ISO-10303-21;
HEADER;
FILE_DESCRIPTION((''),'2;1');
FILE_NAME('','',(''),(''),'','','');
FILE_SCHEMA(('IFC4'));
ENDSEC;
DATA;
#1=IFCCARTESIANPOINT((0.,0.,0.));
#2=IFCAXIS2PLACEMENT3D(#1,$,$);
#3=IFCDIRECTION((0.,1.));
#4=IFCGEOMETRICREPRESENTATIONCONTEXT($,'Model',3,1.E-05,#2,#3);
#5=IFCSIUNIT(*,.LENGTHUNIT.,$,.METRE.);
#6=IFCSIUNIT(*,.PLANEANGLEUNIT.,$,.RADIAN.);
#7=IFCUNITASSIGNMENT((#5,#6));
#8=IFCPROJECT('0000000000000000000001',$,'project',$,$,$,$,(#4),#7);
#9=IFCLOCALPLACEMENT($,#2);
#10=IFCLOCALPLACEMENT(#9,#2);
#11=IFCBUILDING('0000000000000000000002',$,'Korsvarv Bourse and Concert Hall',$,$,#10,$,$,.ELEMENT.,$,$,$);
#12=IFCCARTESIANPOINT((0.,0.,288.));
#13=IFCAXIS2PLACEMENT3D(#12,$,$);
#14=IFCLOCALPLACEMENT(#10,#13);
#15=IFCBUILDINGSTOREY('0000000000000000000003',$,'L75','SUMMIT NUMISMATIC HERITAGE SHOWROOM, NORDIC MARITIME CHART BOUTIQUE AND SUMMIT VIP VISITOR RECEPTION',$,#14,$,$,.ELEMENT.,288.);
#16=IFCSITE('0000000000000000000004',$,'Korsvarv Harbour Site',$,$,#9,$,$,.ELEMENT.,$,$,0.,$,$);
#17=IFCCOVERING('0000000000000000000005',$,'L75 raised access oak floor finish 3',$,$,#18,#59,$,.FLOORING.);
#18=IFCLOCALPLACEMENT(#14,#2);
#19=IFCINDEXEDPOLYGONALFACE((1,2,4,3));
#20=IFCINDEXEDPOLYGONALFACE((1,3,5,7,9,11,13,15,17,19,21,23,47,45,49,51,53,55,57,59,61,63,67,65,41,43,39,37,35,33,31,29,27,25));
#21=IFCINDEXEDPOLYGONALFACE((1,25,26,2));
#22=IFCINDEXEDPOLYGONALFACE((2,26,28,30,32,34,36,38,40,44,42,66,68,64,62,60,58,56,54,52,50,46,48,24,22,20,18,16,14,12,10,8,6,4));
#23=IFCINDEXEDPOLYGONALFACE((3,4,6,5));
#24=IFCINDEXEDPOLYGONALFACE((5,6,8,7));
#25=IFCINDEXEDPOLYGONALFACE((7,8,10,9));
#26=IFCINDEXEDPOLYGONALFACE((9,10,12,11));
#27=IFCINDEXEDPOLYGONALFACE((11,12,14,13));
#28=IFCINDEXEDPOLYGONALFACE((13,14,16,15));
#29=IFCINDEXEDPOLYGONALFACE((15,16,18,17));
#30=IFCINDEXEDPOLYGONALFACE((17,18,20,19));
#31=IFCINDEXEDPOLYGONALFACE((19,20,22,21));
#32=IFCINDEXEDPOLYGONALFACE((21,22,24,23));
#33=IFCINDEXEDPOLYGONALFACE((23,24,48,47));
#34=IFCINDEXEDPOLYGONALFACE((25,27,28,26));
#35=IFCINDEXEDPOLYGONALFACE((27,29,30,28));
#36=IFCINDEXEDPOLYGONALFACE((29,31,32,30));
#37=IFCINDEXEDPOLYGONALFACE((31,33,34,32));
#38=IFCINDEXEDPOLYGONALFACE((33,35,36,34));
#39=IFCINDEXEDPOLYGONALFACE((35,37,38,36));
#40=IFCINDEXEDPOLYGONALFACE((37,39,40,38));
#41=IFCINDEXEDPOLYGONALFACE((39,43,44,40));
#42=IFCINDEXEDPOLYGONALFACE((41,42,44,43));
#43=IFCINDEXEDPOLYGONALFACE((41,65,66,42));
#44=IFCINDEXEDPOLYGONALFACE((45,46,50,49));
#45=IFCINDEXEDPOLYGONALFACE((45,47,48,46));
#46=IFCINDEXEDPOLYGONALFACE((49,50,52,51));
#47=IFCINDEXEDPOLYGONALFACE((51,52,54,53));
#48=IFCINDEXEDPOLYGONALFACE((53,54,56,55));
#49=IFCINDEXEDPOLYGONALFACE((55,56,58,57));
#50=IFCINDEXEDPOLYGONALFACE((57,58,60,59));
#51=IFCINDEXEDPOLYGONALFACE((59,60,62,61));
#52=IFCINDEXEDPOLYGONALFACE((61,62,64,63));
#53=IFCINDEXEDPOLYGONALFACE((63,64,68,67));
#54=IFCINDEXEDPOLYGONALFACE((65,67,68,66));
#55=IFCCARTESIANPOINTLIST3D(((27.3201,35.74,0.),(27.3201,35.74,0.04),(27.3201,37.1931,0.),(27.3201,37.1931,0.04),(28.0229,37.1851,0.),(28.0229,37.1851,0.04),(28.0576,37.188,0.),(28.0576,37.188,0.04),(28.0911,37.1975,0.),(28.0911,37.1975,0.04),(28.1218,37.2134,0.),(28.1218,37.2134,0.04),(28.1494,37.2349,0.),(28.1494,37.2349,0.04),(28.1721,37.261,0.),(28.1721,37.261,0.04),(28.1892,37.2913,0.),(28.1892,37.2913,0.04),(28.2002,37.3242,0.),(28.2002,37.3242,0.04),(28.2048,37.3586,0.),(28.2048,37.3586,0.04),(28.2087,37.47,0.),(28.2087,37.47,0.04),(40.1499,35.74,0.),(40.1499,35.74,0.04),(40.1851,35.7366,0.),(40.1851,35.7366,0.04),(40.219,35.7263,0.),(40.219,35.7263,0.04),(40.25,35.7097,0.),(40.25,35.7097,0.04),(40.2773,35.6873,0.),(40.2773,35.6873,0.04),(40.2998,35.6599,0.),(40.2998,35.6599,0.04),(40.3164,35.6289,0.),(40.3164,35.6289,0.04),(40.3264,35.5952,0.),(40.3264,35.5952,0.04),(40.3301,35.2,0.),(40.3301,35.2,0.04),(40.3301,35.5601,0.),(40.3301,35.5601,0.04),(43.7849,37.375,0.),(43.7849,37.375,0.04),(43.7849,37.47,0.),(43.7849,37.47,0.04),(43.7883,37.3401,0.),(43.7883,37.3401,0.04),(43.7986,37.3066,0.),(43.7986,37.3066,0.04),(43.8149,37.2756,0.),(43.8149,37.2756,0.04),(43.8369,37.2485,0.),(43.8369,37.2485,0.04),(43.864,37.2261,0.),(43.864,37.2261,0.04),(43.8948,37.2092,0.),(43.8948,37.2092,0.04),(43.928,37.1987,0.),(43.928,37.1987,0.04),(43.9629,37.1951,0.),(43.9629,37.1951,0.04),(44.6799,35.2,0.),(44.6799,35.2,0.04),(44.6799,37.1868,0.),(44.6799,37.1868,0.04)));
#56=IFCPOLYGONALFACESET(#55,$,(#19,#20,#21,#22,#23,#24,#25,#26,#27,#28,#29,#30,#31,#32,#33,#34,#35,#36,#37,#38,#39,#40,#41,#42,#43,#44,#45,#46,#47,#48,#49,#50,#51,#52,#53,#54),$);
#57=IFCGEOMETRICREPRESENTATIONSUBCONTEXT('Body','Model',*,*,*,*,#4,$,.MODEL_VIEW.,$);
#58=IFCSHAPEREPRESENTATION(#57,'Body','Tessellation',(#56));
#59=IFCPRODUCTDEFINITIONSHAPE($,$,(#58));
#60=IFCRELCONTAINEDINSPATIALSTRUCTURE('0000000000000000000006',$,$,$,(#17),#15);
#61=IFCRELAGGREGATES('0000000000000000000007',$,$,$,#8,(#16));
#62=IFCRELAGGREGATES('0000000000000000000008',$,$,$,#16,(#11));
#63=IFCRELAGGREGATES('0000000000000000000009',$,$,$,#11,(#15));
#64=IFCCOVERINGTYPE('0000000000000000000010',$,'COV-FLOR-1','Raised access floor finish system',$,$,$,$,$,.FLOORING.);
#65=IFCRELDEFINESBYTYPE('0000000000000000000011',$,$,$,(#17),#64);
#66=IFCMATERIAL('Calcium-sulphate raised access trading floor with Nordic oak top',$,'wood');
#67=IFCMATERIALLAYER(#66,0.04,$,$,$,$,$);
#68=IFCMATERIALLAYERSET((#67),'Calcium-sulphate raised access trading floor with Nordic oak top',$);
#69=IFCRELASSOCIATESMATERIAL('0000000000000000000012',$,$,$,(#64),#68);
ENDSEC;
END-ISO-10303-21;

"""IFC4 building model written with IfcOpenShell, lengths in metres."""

from ifc_helpers import new_model, si_unit, direction, frame, origin, place, context, subcontext, project, spatial, polyline, outline, extrude, material, layer, layer_set, type_object, element, save


model = new_model("IFC4")

# Units and contexts
model_context = context("Model", 3, precision=1e-05, world=origin(), true_north=direction((0.0, 1.0)))
body_context = subcontext(model_context, "Body", "Model", "MODEL_VIEW")
ifc_project = project(units=[si_unit("LENGTHUNIT", "METRE"), si_unit("PLANEANGLEUNIT", "RADIAN")], contexts=[model_context])

# Site, building, storey
site_placement = place(None, origin())
site = spatial("IfcSite", under=ifc_project, at=site_placement, Name="Korsvarv Harbour Site", CompositionType="ELEMENT", RefElevation=0.0)
building_placement = place(site_placement, origin())
building = spatial("IfcBuilding", under=site, at=building_placement, Name="Korsvarv Bourse and Concert Hall", CompositionType="ELEMENT")
storey_placement = place(building_placement, frame((0.0, 0.0, 288.0)))
storey = spatial("IfcBuildingStorey", under=building, at=storey_placement, Name="L75", Description="SUMMIT NUMISMATIC HERITAGE SHOWROOM, NORDIC MARITIME CHART BOUTIQUE AND SUMMIT VIP VISITOR RECEPTION", CompositionType="ELEMENT", Elevation=288.0)

# Covering
ifc_material_1 = material(Name="Calcium-sulphate raised access trading floor with Nordic oak top", Category="wood")
ifc_layer_1 = layer(ifc_material_1, 0.04)
ifc_layer_set_1 = layer_set([ifc_layer_1], Name="Calcium-sulphate raised access trading floor with Nordic oak top")
covering_type_1 = type_object("IfcCoveringType", Name="COV-FLOR-1", Description="Raised access floor finish system", PredefinedType="FLOORING", material=ifc_layer_set_1)
covering_1_placement = place(storey_placement, origin())
element("IfcCovering", 1, at=covering_1_placement, inside=storey, type_object=covering_type_1, Name="L75 raised access oak floor finish 3", PredefinedType="FLOORING", context=body_context, shape_type="SweptSolid", body=[
    extrude(outline(polyline([(28.0229, 37.1851), (28.0576, 37.188), (28.0911, 37.1975), (28.1218, 37.2134), (28.1494, 37.2349), (28.1721, 37.261), (28.1892, 37.2913), (28.2002, 37.3242), (28.2048, 37.3586), (28.2087, 37.47), (43.7849, 37.47), (43.7849, 37.375), (43.7883, 37.3401), (43.7986, 37.3066), (43.8149, 37.2756), (43.8369, 37.2485), (43.864, 37.2261), (43.8948, 37.2092), (43.928, 37.1987), (43.9629, 37.1951), (44.6799, 37.1868), (44.6799, 35.2), (40.3301, 35.2), (40.3301, 35.5601), (40.3264, 35.5952), (40.3164, 35.6289), (40.2998, 35.6599), (40.2773, 35.6873), (40.25, 35.7097), (40.219, 35.7263), (40.1851, 35.7366), (40.1499, 35.74), (27.3201, 35.74), (27.3201, 37.1931), (28.0229, 37.1851)])), origin(), (0.0, 0.0, 1.0), 0.04),
])

save(model, "model.ifc")
